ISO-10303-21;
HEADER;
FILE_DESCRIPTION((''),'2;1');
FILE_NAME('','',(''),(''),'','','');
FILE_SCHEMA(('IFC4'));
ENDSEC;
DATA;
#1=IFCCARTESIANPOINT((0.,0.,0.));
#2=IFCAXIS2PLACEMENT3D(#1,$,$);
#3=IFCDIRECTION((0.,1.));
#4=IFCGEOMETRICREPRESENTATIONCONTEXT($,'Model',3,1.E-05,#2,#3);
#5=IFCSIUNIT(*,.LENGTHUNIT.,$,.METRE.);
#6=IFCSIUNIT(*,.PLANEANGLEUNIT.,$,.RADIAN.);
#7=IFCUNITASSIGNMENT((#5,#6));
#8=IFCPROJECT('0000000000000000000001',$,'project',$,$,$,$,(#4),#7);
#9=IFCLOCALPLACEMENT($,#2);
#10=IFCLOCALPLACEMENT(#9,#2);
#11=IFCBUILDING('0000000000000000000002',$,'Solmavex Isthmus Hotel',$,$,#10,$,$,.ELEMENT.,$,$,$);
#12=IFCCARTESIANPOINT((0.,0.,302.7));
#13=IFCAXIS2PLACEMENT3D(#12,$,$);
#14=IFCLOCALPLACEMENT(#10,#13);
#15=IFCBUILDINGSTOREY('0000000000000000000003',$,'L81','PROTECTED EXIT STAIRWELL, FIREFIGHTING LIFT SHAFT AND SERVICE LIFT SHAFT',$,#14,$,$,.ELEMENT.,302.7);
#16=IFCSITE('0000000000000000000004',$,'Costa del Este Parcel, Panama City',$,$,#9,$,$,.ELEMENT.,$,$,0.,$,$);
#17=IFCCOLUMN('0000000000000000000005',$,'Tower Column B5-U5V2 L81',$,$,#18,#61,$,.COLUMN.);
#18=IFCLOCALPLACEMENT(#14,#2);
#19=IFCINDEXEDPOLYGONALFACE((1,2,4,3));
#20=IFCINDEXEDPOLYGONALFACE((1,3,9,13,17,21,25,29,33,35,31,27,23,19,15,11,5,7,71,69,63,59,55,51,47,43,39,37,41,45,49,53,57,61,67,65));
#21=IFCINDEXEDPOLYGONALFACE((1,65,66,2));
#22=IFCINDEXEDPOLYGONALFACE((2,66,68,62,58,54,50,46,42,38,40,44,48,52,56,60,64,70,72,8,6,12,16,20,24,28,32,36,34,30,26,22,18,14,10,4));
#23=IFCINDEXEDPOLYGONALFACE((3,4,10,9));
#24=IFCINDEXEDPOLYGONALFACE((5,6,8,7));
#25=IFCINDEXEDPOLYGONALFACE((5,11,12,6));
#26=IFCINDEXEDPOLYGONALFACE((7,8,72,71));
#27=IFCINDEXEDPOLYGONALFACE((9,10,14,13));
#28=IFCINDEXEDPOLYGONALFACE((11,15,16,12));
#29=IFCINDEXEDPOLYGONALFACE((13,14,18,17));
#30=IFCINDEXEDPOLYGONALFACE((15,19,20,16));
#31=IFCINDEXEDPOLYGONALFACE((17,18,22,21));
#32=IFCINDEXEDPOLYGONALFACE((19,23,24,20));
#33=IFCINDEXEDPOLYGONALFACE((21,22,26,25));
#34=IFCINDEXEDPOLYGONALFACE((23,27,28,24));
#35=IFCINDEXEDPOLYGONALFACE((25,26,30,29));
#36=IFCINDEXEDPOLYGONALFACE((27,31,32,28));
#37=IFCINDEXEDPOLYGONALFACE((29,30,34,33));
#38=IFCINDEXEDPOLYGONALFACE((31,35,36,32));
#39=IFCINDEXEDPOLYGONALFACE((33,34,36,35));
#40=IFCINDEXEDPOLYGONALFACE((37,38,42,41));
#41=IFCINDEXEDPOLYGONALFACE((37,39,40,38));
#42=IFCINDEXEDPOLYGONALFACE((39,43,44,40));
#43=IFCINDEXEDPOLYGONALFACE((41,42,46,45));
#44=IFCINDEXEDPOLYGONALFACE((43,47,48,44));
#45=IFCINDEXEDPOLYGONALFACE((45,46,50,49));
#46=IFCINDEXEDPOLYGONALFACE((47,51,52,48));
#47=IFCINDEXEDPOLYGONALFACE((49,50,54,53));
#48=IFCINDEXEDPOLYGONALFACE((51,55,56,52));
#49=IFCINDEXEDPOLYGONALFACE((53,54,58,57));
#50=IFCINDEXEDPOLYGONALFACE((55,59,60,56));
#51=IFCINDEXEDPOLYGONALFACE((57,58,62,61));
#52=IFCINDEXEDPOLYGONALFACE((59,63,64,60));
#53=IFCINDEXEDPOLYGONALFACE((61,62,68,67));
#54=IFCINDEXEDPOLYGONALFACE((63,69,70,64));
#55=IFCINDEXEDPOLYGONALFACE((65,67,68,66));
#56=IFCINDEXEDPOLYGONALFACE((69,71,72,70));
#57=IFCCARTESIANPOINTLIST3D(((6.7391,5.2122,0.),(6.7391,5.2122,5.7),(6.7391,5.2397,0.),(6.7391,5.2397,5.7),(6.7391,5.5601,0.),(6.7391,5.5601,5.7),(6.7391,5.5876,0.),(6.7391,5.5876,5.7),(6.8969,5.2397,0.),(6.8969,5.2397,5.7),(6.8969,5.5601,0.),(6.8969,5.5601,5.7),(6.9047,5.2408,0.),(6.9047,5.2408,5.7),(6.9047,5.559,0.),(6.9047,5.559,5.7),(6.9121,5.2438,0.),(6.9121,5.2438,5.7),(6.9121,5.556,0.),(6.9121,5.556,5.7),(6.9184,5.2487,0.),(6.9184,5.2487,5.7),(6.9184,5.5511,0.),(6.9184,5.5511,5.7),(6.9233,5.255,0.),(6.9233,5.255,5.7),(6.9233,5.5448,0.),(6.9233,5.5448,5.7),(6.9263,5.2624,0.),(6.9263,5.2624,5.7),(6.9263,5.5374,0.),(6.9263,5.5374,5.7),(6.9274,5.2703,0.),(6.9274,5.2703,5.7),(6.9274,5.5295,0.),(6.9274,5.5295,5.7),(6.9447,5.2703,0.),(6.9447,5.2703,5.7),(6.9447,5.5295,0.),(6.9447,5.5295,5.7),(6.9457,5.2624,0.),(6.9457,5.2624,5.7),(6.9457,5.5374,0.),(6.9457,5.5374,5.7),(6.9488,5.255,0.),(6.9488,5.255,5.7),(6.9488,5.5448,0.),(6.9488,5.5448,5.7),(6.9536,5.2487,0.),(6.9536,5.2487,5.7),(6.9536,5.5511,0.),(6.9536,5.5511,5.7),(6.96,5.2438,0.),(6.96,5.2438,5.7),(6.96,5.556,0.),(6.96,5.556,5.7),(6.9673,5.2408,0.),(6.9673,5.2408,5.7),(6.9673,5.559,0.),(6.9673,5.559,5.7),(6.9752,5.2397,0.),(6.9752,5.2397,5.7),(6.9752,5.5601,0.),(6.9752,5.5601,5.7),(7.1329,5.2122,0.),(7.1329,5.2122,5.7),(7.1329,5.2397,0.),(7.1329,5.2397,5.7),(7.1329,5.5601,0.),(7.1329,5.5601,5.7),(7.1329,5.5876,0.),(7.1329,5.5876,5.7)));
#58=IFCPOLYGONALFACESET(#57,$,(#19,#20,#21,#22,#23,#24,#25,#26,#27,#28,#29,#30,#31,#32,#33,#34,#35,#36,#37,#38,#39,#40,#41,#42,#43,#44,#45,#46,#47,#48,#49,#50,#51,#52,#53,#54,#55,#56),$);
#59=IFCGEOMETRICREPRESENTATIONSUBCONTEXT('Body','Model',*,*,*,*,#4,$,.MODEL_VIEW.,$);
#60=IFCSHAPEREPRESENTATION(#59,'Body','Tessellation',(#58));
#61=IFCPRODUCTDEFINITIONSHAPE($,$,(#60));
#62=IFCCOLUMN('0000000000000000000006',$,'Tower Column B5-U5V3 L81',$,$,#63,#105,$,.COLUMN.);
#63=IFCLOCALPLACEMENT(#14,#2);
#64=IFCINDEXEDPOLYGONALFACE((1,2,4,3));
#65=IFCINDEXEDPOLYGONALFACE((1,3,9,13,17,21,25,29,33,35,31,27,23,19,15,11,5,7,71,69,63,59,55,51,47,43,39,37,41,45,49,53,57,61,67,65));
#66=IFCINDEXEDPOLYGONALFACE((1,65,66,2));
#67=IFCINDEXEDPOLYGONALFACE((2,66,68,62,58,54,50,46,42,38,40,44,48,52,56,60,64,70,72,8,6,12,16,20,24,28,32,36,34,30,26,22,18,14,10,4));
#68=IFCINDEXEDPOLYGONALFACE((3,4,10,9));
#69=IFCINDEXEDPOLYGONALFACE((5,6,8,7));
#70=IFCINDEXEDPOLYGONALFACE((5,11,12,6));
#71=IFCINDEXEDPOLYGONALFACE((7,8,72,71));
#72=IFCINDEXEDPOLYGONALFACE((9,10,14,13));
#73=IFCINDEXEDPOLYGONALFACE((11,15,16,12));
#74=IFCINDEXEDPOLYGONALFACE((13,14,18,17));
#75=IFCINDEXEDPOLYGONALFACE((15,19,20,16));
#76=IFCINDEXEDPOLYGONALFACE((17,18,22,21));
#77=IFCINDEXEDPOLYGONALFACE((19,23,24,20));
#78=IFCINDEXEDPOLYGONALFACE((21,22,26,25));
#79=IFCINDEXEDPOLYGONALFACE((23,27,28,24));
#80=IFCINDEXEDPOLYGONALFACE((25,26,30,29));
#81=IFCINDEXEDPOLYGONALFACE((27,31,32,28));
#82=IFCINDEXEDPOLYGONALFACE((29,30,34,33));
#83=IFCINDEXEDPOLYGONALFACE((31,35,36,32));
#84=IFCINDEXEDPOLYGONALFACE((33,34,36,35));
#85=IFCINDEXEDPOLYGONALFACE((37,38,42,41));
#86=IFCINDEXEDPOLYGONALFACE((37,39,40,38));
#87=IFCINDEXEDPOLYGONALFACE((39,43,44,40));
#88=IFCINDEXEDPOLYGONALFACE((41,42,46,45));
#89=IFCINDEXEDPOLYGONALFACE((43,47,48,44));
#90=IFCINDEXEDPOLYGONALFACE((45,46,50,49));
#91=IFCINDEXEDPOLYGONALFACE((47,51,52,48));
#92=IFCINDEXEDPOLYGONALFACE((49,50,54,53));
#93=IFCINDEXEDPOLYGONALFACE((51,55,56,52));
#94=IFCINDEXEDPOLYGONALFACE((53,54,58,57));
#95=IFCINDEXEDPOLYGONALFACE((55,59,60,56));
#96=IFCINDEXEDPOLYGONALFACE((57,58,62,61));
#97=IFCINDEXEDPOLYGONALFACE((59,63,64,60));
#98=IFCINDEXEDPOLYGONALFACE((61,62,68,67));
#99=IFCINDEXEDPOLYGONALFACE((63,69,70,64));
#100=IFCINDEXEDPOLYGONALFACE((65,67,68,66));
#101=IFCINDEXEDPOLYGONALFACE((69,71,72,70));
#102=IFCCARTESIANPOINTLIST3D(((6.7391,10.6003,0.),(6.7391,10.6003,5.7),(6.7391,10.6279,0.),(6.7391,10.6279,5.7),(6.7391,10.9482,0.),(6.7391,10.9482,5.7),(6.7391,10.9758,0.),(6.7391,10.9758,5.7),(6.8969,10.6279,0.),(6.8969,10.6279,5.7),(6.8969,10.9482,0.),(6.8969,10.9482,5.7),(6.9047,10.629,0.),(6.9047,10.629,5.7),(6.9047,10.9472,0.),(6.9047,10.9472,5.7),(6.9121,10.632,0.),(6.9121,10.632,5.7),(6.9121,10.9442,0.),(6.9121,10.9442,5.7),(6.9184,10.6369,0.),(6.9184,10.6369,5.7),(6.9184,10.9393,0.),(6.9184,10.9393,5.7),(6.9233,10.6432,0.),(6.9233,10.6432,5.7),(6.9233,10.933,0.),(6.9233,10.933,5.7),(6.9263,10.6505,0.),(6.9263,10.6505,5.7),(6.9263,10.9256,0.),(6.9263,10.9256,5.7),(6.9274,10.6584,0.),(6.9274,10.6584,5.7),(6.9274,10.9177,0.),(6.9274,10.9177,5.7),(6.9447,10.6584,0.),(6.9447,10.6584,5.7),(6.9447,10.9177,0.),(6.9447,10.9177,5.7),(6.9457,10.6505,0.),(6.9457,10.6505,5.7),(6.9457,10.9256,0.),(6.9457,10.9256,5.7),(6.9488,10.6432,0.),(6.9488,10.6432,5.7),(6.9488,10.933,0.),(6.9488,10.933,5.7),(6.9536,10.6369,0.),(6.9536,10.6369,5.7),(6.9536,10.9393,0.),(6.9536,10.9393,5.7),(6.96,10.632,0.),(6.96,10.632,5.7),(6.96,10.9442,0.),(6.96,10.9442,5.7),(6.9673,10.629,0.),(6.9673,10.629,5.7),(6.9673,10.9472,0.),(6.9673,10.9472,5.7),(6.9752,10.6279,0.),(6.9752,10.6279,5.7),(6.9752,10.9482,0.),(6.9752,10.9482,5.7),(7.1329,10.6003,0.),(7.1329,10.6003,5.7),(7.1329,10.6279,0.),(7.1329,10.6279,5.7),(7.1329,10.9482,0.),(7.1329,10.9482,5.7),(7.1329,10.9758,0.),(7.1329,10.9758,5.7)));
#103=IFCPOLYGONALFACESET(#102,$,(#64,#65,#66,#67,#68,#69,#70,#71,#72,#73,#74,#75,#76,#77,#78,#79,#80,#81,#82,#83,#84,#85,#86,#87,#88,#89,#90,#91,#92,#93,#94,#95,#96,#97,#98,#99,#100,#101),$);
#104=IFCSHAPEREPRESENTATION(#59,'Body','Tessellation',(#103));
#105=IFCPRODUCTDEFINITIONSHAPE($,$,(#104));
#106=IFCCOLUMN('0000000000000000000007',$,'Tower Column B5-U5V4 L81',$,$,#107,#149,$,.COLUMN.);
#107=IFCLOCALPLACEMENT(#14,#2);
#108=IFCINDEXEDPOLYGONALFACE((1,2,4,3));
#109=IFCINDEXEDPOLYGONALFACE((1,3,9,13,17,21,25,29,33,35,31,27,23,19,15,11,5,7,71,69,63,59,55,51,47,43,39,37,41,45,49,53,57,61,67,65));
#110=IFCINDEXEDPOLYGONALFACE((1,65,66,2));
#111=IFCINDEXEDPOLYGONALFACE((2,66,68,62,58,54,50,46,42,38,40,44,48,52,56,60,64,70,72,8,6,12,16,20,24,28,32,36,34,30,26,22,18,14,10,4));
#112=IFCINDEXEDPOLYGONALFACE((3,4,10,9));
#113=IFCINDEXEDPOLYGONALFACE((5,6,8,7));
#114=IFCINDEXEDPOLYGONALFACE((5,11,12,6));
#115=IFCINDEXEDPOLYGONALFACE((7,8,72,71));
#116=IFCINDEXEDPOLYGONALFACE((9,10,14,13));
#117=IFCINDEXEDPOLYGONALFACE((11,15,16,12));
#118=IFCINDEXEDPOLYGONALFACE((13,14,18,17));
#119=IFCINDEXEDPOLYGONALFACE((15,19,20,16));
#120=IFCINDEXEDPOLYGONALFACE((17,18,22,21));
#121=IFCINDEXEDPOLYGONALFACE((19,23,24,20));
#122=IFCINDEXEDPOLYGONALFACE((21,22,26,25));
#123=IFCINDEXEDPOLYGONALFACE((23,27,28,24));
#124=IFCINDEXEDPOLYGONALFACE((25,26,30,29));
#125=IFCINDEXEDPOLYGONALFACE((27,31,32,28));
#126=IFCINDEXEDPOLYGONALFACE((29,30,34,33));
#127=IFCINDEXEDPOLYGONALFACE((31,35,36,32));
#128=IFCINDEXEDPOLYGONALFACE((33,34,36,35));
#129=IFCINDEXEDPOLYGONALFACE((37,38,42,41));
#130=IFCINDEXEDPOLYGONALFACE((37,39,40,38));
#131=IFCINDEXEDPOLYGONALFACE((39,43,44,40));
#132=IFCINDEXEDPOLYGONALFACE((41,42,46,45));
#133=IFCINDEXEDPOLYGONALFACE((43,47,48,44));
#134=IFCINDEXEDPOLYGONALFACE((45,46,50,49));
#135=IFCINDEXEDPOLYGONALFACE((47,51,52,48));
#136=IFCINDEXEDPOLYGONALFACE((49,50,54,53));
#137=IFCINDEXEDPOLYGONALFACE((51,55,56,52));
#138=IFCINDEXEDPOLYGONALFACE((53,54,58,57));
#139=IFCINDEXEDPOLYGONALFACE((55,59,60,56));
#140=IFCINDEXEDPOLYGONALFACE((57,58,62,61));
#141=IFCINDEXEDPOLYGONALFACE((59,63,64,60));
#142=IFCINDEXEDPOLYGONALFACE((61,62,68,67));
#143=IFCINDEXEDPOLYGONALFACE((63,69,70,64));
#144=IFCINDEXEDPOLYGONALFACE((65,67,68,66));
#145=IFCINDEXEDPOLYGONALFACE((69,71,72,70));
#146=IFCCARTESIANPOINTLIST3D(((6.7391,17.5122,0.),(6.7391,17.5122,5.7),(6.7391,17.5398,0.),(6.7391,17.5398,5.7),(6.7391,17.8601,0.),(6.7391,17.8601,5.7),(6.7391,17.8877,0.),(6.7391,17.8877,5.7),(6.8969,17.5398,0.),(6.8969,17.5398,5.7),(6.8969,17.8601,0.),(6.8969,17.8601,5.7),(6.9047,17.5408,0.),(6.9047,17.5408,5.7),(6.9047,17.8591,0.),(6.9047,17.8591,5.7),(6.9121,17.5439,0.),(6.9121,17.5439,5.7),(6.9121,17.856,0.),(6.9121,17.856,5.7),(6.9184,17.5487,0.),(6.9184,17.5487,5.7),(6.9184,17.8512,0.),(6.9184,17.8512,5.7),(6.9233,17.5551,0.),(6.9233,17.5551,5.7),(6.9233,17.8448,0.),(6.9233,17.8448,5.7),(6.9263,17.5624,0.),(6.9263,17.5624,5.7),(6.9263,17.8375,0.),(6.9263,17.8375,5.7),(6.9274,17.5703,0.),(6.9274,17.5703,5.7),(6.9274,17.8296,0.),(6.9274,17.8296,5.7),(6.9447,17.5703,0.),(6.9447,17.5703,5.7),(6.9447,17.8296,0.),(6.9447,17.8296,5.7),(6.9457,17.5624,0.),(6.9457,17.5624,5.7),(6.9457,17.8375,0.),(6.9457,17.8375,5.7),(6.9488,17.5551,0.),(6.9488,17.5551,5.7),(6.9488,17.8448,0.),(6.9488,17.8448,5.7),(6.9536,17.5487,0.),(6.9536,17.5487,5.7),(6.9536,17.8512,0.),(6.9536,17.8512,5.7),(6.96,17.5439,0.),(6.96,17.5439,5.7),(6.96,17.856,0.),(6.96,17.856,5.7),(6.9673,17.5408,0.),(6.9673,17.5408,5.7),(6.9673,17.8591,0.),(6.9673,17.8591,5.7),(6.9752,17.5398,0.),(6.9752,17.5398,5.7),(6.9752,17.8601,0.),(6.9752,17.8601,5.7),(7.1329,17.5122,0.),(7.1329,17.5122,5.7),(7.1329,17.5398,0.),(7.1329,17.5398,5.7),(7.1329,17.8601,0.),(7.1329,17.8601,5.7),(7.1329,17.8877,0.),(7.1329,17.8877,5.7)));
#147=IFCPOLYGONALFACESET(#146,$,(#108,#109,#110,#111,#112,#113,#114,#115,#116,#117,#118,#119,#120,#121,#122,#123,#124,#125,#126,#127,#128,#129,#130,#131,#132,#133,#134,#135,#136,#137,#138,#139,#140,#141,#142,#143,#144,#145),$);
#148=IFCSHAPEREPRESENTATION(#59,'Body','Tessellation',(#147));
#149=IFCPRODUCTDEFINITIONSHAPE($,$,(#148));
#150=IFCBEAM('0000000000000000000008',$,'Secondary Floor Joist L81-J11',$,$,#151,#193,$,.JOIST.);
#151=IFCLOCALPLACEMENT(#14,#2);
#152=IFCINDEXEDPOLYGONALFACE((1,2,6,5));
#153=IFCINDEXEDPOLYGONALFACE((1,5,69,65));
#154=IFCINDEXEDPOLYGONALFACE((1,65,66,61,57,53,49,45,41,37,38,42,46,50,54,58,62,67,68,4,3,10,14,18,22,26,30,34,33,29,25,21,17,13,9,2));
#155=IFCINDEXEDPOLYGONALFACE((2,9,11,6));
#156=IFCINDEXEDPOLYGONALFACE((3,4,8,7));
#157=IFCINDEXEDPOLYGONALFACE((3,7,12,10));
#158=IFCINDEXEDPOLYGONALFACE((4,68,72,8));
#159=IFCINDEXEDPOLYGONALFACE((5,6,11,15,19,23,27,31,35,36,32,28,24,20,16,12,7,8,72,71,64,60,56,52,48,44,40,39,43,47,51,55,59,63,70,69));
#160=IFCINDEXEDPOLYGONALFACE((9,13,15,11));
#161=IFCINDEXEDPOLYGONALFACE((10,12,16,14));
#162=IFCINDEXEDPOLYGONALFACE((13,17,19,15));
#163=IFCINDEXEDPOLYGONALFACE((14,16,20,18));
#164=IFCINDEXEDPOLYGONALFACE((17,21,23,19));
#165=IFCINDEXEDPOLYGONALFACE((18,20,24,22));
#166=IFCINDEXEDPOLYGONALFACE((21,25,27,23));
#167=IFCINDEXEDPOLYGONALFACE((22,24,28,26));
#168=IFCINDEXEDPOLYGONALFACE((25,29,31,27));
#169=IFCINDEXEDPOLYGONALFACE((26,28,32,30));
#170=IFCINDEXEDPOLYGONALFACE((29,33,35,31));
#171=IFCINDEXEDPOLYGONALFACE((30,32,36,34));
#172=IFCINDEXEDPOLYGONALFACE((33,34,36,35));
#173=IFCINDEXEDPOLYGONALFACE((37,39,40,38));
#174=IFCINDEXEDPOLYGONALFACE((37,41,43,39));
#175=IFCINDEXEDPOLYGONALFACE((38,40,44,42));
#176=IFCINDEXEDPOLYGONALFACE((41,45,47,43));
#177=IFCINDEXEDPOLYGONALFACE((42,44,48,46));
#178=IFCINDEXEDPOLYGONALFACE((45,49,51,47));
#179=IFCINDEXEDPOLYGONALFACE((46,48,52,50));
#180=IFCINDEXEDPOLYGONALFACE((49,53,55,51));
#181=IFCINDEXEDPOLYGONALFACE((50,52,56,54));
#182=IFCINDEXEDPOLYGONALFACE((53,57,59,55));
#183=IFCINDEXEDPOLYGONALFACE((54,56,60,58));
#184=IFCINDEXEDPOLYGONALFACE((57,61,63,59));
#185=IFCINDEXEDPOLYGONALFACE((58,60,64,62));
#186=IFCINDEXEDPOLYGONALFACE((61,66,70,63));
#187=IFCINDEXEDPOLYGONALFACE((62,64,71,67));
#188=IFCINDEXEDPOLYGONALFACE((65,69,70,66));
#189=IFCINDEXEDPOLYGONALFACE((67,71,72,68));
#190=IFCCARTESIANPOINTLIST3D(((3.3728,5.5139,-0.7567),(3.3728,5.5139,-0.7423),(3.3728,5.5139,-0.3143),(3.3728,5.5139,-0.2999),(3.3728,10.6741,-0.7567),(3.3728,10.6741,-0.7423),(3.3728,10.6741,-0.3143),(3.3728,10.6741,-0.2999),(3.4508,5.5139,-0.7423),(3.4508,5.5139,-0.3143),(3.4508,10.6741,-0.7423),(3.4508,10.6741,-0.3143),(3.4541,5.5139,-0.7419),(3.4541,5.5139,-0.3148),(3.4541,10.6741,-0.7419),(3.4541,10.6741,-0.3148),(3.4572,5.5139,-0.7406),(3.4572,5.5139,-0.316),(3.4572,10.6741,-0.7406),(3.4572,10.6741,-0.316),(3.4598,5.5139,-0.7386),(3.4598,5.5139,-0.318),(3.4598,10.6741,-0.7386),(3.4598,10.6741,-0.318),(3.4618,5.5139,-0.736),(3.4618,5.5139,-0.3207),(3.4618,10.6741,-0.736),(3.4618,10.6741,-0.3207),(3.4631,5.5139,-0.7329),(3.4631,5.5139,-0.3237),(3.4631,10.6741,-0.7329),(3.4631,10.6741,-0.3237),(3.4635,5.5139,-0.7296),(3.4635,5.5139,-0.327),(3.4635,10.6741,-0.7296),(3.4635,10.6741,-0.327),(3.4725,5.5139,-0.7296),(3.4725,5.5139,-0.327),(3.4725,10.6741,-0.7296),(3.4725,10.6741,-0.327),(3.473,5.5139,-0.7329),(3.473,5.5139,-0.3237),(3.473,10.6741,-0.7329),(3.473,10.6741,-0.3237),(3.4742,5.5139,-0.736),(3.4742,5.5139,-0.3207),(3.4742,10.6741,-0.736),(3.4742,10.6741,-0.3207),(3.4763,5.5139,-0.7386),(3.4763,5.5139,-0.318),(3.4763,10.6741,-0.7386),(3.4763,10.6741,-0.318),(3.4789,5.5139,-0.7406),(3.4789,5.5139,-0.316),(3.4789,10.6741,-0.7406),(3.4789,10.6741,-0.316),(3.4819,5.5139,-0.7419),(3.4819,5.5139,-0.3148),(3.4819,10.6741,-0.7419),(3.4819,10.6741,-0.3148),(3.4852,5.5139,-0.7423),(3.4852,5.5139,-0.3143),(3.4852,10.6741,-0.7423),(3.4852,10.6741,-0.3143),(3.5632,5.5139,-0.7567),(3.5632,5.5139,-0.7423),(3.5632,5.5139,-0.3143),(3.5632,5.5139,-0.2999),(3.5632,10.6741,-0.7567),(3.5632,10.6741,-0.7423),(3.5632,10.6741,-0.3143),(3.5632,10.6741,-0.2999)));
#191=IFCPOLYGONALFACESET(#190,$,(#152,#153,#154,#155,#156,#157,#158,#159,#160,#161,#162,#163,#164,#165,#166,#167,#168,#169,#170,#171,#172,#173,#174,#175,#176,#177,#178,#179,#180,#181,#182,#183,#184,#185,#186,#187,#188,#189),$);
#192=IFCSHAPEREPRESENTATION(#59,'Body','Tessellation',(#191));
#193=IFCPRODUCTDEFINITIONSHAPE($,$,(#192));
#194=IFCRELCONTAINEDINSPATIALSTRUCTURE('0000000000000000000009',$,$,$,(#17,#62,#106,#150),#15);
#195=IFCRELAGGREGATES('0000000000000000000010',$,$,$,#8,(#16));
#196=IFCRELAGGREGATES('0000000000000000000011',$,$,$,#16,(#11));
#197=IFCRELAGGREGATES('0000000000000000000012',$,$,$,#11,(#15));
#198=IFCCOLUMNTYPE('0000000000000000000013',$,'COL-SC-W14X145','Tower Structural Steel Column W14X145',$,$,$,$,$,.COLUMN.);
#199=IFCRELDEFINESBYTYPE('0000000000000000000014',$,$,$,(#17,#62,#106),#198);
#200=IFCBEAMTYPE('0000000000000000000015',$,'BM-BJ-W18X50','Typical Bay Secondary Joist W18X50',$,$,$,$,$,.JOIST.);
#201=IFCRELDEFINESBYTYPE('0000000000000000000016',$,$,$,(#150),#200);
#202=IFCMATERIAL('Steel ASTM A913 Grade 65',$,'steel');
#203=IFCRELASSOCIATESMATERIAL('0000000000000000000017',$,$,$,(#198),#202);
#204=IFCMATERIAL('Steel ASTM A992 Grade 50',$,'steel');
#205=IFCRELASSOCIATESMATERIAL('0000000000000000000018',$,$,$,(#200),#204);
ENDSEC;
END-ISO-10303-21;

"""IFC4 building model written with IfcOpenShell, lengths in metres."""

from ifc_helpers import new_model, si_unit, direction, frame, origin, origin_2d, place, context, subcontext, project, spatial, i_section, extrude, material, material_profile, profile_set, type_object, element, save


model = new_model("IFC4")

# Units and contexts
model_context = context("Model", 3, precision=1e-05, world=origin(), true_north=direction((0.0, 1.0)))
body_context = subcontext(model_context, "Body", "Model", "MODEL_VIEW")
ifc_project = project(units=[si_unit("LENGTHUNIT", "METRE"), si_unit("PLANEANGLEUNIT", "RADIAN")], contexts=[model_context])

# Site, building, storey
site_placement = place(None, origin())
site = spatial("IfcSite", under=ifc_project, at=site_placement, Name="Costa del Este Parcel, Panama City", CompositionType="ELEMENT", RefElevation=0.0)
building_placement = place(site_placement, origin())
building = spatial("IfcBuilding", under=site, at=building_placement, Name="Solmavex Isthmus Hotel", CompositionType="ELEMENT")
storey_placement = place(building_placement, frame((0.0, 0.0, 302.7)))
storey = spatial("IfcBuildingStorey", under=building, at=storey_placement, Name="L81", Description="PROTECTED EXIT STAIRWELL, FIREFIGHTING LIFT SHAFT AND SERVICE LIFT SHAFT", CompositionType="ELEMENT", Elevation=302.7)

# Columns
ifc_material_1 = material(Name="Steel ASTM A913 Grade 65", Category="steel")
ifc_material_profile_1 = material_profile(ifc_material_1, i_section(OverallWidth=0.3938, OverallDepth=0.3755, WebThickness=0.0173, FlangeThickness=0.0276, FilletRadius=0.0305, at=origin_2d()), Name="W14X145")
ifc_profile_set_1 = profile_set([ifc_material_profile_1], Name="Steel ASTM A913 Grade 65")
column_type = type_object("IfcColumnType", Name="COL-SC-W14X145", Description="Tower Structural Steel Column W14X145", PredefinedType="COLUMN", material=ifc_profile_set_1)
for number, where, z_axis, x_axis, name in (
    (1, (6.936, 5.3999, 0.0), (0.0, 0.0, 1.0), (1.0, 0.0, 0.0), "Tower Column B5-U5V2 L81"),
    (2, (6.936, 10.7881, 0.0), (0.0, 0.0, 1.0), (1.0, 0.0, 0.0), "Tower Column B5-U5V3 L81"),
    (3, (6.936, 17.7, 0.0), (0.0, 0.0, 1.0), (1.0, 0.0, 0.0), "Tower Column B5-U5V4 L81"),
):
    element("IfcColumn", number, at=place(storey_placement, frame(where, z_axis=z_axis, x_axis=x_axis)), inside=storey, type_object=column_type, Name=name, PredefinedType="COLUMN", context=body_context, shape_type="SweptSolid", body=[
        extrude(i_section(OverallWidth=0.3938, OverallDepth=0.3755, WebThickness=0.0173, FlangeThickness=0.0276, FilletRadius=0.0305, at=origin_2d()), origin(), (0.0, 0.0, 1.0), 5.7),
    ])

# Beam
ifc_material_2 = material(Name="Steel ASTM A992 Grade 50", Category="steel")
ifc_material_profile_2 = material_profile(ifc_material_2, i_section(OverallWidth=0.1904, OverallDepth=0.4568, WebThickness=0.009, FlangeThickness=0.0144, FilletRadius=0.0127, at=origin_2d()), Name="W18X50")
ifc_profile_set_2 = profile_set([ifc_material_profile_2], Name="Steel ASTM A992 Grade 50")
beam_type_1 = type_object("IfcBeamType", Name="BM-BJ-W18X50", Description="Typical Bay Secondary Joist W18X50", PredefinedType="JOIST", material=ifc_profile_set_2)
beam_1_placement = place(storey_placement, frame((3.468, 5.5139, -0.5283), z_axis=(0.0, 1.0, 0.0), x_axis=(-1.0, 0.0, 0.0)))
element("IfcBeam", 4, at=beam_1_placement, inside=storey, type_object=beam_type_1, Name="Secondary Floor Joist L81-J11", PredefinedType="JOIST", context=body_context, shape_type="SweptSolid", body=[
    extrude(i_section(OverallWidth=0.1904, OverallDepth=0.4568, WebThickness=0.009, FlangeThickness=0.0144, FilletRadius=0.0127, at=origin_2d()), origin(), (0.0, 0.0, 1.0), 5.1602),
])

save(model, "model.ifc")
